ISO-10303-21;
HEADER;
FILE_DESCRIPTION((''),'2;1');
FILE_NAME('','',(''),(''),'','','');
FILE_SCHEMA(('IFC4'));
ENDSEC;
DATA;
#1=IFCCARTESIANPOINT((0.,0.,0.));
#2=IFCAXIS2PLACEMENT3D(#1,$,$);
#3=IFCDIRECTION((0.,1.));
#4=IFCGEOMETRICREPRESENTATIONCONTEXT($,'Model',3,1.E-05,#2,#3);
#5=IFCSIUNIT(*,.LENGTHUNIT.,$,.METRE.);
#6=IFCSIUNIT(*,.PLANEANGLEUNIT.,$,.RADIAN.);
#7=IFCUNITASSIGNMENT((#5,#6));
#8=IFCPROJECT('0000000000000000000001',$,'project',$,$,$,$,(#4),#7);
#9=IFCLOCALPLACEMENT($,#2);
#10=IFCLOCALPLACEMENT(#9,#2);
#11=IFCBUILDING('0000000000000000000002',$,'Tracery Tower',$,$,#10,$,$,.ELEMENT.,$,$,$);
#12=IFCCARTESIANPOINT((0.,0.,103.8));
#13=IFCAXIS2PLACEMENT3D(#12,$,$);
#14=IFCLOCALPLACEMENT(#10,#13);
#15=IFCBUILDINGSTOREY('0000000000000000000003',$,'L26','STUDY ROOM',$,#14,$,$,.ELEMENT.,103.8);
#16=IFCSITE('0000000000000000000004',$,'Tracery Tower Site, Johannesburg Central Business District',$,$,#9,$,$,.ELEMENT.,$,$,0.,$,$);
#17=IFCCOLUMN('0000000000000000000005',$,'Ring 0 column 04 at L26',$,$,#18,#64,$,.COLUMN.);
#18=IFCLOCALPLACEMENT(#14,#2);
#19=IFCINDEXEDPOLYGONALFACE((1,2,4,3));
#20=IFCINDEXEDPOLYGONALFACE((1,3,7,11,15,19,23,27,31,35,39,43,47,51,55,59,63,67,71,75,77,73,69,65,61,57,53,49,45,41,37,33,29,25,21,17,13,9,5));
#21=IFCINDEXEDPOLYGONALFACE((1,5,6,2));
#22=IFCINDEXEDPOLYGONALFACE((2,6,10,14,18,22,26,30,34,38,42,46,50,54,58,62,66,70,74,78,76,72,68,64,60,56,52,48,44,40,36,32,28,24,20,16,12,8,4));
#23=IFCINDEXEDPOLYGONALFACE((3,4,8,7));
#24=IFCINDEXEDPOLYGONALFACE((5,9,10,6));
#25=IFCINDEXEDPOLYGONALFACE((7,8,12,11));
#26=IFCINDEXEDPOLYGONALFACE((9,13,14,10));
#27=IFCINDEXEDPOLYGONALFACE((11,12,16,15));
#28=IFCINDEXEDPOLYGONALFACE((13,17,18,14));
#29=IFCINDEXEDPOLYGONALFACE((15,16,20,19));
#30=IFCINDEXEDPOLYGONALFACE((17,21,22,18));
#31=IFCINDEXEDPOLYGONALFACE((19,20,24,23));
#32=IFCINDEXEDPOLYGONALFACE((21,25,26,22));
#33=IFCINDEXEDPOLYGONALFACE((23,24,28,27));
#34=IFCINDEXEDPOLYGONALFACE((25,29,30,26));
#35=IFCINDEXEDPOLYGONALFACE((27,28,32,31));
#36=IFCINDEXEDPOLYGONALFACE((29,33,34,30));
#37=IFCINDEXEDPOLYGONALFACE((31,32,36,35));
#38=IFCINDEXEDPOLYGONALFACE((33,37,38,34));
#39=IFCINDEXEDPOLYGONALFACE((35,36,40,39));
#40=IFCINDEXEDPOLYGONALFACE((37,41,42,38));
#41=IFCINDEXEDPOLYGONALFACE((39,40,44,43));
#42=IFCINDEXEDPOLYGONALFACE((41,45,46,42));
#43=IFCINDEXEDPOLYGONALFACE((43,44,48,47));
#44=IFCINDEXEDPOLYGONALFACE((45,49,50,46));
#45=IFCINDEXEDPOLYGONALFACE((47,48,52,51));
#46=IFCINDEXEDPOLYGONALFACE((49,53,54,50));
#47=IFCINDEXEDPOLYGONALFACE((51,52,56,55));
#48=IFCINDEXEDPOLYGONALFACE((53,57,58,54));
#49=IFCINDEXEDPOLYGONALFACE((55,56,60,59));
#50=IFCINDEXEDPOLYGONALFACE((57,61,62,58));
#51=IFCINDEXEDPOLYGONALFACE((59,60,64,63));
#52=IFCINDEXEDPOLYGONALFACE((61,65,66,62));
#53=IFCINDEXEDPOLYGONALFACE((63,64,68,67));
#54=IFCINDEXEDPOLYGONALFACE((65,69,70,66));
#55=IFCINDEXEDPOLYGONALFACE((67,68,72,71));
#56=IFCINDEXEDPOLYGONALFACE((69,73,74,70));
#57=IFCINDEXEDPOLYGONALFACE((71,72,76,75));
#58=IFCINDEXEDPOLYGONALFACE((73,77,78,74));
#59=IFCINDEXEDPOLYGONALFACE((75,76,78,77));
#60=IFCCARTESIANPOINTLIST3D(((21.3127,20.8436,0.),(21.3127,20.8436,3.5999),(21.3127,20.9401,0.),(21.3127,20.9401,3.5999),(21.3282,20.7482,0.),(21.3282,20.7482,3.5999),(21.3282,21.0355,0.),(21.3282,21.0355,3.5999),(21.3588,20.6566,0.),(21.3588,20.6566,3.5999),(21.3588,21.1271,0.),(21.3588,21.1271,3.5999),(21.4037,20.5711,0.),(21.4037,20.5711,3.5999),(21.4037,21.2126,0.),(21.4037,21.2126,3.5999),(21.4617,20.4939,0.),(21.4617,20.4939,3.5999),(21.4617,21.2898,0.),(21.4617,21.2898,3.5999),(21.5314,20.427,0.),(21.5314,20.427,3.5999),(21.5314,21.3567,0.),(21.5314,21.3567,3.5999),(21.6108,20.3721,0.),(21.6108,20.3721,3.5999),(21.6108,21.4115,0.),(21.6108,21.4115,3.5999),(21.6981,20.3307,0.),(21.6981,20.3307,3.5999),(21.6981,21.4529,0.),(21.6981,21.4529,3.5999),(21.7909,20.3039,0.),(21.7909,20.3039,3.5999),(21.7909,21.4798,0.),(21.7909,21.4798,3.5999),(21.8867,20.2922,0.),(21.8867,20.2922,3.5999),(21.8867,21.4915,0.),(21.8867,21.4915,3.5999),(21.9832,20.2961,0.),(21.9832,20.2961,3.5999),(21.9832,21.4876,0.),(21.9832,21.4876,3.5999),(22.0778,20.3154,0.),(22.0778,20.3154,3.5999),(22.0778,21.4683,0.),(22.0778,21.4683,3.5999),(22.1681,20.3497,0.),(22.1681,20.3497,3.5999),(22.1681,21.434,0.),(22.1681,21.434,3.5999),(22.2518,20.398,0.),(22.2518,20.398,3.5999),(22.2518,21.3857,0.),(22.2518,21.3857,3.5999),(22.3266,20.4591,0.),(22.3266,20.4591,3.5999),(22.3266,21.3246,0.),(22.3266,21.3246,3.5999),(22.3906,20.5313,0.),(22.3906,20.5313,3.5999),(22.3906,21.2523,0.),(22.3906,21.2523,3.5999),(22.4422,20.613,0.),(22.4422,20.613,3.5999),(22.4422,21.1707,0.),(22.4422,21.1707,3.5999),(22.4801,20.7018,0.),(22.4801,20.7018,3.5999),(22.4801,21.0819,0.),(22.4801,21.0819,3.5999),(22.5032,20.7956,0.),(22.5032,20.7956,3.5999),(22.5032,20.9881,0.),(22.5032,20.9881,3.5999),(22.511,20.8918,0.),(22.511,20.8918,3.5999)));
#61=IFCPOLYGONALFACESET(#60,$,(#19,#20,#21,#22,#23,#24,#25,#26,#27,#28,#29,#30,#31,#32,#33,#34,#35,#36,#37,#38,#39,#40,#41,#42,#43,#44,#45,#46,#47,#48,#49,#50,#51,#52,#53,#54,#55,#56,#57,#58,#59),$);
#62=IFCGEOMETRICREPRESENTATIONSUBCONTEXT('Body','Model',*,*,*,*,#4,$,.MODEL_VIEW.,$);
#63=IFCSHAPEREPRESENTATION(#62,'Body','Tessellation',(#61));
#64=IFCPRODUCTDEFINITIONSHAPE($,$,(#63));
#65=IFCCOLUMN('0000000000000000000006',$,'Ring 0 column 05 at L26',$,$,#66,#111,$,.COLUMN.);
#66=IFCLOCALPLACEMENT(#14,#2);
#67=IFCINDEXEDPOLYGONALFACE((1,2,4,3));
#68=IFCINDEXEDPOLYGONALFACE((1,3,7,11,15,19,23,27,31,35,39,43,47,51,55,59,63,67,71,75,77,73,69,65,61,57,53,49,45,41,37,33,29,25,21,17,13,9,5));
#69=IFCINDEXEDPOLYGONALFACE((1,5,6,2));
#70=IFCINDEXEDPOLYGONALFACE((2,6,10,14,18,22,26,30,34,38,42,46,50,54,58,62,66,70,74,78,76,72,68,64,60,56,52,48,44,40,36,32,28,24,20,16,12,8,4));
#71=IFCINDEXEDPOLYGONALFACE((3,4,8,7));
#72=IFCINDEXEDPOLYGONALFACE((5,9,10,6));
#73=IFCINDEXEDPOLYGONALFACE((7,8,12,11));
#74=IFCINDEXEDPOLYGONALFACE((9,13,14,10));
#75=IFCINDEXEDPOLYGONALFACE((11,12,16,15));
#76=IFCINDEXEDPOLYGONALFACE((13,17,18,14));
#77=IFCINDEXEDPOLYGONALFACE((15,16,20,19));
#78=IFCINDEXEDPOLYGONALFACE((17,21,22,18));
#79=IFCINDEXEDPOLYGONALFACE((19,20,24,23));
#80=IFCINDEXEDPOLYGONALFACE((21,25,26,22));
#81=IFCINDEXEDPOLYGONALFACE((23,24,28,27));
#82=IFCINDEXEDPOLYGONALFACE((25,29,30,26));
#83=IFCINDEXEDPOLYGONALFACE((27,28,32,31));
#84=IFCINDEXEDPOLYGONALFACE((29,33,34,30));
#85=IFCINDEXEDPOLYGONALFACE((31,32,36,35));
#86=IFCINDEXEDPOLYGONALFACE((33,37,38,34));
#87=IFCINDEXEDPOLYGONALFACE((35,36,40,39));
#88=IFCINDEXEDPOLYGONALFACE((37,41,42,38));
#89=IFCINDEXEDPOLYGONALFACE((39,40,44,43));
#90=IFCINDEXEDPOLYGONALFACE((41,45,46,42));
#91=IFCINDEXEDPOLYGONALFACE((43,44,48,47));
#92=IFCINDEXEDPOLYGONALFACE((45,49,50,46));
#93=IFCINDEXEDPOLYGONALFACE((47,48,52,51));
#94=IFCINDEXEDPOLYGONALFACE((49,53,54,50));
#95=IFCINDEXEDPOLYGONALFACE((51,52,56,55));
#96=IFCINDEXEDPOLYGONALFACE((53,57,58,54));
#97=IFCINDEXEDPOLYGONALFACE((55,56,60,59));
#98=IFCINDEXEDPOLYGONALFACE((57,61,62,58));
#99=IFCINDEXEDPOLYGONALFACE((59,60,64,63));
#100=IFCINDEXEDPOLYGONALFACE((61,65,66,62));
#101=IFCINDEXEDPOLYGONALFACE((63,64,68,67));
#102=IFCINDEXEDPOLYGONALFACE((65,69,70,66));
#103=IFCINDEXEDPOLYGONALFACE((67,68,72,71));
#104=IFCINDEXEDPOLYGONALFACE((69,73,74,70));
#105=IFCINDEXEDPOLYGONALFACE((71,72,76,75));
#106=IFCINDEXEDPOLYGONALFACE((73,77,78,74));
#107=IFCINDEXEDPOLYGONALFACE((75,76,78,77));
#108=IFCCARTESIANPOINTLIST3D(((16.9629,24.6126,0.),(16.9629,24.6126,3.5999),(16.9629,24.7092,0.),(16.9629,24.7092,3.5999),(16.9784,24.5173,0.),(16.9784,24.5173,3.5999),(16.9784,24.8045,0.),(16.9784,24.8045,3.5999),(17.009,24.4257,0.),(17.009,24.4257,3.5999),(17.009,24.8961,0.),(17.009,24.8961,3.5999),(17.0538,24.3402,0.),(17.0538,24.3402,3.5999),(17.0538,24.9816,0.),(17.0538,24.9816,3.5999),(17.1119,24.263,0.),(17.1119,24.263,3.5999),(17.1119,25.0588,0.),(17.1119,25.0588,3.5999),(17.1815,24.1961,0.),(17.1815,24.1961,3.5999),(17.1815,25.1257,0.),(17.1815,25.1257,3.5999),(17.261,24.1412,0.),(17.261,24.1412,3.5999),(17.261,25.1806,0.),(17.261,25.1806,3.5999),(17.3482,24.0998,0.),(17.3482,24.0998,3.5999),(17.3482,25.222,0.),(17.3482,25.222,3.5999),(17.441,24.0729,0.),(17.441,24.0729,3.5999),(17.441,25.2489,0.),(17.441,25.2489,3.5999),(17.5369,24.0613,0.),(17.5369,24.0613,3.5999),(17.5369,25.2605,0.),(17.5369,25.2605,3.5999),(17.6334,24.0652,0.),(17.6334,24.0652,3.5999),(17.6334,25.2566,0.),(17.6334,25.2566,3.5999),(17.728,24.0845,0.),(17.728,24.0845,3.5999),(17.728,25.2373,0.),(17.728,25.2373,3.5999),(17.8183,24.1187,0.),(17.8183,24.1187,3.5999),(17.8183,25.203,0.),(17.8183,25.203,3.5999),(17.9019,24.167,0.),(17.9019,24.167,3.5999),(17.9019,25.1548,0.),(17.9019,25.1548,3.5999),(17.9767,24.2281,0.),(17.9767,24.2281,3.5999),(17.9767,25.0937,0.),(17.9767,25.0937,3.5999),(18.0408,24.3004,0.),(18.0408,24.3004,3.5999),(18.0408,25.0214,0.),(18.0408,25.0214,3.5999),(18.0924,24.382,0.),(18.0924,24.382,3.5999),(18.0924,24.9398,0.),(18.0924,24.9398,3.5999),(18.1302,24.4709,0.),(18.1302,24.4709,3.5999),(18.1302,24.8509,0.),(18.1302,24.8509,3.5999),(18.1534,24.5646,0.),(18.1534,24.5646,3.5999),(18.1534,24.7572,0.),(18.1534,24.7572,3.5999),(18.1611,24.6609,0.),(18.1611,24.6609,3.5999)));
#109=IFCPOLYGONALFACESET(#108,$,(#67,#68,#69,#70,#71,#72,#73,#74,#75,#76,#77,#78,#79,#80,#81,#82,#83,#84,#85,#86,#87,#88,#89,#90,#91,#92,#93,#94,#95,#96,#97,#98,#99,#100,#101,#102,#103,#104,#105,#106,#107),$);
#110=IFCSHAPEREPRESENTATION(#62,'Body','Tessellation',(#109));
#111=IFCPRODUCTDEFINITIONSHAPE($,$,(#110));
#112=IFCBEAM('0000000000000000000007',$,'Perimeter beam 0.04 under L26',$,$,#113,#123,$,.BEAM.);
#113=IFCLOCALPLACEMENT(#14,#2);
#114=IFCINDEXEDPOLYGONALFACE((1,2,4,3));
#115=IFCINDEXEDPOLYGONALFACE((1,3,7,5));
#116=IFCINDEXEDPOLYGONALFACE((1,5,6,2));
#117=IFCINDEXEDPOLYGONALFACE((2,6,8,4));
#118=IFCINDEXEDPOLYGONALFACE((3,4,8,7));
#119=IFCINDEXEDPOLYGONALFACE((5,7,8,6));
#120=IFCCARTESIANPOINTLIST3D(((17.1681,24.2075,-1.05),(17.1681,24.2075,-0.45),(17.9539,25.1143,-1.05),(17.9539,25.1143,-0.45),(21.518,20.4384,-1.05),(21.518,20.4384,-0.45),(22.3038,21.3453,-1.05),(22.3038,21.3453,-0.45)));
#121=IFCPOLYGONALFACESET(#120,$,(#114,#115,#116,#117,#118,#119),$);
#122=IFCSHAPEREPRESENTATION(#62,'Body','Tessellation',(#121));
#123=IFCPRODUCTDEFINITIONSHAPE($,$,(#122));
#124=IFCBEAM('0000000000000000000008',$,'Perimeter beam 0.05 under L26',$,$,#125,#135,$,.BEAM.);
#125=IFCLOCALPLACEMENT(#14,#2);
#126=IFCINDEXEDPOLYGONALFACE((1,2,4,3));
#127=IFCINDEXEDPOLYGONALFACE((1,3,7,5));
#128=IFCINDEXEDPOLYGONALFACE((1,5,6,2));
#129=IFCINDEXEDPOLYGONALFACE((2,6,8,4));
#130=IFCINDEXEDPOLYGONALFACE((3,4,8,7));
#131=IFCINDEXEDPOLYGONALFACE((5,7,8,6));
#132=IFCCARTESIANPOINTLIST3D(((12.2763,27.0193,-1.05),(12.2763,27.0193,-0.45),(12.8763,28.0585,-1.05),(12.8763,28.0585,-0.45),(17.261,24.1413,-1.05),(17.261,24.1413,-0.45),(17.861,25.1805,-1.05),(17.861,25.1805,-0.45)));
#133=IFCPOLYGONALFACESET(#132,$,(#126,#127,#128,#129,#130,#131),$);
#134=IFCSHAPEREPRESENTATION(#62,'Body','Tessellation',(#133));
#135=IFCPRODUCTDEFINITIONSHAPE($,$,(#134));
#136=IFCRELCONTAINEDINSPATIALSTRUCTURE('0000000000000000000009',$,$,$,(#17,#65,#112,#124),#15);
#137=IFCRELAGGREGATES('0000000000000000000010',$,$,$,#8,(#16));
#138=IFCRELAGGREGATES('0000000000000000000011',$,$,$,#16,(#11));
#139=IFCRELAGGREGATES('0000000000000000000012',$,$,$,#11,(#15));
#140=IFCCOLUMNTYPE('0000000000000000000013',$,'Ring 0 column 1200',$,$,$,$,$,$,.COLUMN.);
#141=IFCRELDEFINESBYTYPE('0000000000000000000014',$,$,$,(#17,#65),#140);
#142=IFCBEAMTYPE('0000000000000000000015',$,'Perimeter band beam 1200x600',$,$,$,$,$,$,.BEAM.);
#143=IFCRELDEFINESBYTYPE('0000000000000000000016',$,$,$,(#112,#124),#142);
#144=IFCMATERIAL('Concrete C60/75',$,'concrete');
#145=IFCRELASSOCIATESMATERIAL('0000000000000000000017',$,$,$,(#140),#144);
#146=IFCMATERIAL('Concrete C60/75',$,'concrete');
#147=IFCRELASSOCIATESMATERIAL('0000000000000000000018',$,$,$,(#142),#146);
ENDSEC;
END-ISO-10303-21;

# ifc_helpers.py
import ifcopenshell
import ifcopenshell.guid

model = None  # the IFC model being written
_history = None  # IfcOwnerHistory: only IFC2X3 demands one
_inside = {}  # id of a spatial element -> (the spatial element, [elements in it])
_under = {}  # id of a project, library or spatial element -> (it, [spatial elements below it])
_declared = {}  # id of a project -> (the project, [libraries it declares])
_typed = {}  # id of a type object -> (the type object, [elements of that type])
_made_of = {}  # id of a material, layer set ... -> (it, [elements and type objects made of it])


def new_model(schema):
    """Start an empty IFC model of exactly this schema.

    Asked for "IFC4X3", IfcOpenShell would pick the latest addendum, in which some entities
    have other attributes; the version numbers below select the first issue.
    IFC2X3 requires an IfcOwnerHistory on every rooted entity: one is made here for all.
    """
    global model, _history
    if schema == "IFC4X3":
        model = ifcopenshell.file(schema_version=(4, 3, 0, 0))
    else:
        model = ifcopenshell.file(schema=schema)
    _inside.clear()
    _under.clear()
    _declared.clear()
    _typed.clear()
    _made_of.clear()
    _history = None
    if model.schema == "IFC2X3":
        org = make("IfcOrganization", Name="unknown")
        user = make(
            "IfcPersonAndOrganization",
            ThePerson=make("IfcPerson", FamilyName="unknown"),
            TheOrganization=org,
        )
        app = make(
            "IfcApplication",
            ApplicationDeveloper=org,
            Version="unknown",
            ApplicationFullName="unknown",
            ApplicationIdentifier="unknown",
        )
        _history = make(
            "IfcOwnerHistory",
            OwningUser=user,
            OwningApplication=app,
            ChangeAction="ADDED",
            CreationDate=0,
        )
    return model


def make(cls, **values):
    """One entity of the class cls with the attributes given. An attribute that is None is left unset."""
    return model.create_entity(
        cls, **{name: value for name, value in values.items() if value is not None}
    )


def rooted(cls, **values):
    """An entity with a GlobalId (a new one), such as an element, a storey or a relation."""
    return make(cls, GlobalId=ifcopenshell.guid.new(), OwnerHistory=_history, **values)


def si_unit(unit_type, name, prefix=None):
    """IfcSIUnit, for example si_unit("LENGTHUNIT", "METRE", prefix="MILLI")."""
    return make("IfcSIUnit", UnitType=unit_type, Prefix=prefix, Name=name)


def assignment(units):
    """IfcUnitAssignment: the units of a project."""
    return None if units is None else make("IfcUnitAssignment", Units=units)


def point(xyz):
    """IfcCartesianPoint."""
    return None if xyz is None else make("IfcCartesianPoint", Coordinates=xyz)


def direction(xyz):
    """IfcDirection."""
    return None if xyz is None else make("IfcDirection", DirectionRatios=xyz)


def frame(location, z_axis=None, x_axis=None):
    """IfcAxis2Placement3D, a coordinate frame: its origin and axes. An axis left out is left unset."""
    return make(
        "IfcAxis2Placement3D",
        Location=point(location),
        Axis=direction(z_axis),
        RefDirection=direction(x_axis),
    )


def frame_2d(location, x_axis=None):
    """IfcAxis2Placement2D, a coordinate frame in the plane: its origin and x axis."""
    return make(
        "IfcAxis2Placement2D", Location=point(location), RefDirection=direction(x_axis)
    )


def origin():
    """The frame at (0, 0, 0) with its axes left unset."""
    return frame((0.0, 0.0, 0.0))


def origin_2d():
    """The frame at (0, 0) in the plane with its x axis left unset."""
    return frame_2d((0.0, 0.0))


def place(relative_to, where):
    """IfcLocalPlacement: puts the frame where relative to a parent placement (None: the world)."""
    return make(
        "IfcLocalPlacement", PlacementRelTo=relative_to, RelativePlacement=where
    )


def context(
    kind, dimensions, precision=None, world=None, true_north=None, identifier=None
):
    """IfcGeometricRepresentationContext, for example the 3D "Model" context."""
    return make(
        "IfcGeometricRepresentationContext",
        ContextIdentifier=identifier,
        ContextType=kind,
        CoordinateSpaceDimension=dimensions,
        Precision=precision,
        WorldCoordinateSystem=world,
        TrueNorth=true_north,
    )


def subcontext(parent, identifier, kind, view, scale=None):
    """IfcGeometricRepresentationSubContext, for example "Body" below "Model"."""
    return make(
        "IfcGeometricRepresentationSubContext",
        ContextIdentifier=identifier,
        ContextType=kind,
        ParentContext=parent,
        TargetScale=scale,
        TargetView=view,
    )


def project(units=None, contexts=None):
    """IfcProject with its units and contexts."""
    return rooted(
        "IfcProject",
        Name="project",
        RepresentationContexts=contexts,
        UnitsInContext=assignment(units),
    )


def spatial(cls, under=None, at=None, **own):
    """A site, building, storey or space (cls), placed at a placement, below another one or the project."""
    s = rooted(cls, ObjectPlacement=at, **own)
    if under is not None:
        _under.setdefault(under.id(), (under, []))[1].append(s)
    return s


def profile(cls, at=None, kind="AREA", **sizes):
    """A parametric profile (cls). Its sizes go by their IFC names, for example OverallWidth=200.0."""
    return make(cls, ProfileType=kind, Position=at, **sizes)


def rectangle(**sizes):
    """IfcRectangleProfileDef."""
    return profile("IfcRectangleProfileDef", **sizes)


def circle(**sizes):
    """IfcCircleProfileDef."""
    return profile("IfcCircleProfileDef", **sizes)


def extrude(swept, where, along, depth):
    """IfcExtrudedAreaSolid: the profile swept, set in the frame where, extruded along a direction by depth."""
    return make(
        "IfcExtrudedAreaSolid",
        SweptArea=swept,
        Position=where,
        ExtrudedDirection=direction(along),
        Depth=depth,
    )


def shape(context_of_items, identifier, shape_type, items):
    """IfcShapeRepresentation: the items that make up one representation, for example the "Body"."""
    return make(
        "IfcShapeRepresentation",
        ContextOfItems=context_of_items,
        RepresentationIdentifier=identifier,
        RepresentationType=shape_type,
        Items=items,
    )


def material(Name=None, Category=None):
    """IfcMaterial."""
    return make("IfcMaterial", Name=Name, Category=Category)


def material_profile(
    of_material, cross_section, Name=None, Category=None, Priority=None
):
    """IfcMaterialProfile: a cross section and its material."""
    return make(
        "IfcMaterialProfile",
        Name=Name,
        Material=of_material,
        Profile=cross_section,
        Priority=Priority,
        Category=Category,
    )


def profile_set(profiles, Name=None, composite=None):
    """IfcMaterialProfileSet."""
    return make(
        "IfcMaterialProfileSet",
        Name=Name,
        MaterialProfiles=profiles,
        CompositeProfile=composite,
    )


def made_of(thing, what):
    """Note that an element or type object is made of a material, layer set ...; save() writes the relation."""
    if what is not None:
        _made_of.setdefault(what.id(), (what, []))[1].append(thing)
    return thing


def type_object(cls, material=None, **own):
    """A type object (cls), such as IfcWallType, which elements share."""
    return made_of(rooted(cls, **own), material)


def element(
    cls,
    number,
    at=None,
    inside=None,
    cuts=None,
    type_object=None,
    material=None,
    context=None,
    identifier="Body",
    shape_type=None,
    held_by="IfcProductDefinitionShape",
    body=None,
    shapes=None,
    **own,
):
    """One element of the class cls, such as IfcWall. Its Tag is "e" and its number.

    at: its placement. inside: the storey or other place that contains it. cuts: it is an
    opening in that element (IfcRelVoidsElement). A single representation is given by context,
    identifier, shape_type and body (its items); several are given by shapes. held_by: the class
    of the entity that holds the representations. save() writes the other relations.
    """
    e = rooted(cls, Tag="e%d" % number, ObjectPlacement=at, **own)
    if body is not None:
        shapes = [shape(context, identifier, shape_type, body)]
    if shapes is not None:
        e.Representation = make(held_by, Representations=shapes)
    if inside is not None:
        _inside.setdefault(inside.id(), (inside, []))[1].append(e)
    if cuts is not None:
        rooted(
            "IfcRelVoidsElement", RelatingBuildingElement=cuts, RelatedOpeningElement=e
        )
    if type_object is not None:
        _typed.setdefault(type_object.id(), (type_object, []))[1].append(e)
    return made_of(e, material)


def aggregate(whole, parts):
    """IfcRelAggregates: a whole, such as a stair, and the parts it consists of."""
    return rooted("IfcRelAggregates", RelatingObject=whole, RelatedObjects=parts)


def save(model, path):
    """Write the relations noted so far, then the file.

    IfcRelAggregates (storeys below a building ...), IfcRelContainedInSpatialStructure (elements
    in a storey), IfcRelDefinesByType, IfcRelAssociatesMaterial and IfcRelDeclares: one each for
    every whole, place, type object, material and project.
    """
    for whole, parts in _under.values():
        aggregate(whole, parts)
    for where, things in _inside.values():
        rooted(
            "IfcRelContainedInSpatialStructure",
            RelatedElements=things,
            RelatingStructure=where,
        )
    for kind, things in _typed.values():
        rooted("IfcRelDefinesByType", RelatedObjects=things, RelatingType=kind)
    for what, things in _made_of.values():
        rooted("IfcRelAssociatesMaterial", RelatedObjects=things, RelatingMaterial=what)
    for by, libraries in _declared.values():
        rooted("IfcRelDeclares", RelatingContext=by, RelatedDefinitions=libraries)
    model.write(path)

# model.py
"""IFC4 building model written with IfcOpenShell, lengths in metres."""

from ifc_helpers import new_model, si_unit, direction, frame, origin, origin_2d, place, context, subcontext, project, spatial, rectangle, circle, extrude, material, material_profile, profile_set, type_object, element, save


model = new_model("IFC4")

# Units and contexts
model_context = context("Model", 3, precision=1e-05, world=origin(), true_north=direction((0.0, 1.0)))
body_context = subcontext(model_context, "Body", "Model", "MODEL_VIEW")
ifc_project = project(units=[si_unit("LENGTHUNIT", "METRE"), si_unit("PLANEANGLEUNIT", "RADIAN")], contexts=[model_context])

# Site, building, storey
site_placement = place(None, origin())
site = spatial("IfcSite", under=ifc_project, at=site_placement, Name="Tracery Tower Site, Johannesburg Central Business District", CompositionType="ELEMENT", RefElevation=0.0)
building_placement = place(site_placement, origin())
building = spatial("IfcBuilding", under=site, at=building_placement, Name="Tracery Tower", CompositionType="ELEMENT")
storey_placement = place(building_placement, frame((0.0, 0.0, 103.8)))
storey = spatial("IfcBuildingStorey", under=building, at=storey_placement, Name="L26", Description="STUDY ROOM", CompositionType="ELEMENT", Elevation=103.8)

# Columns
ifc_material_1 = material(Name="Concrete C60/75", Category="concrete")
ifc_material_profile_1 = material_profile(ifc_material_1, circle(Radius=0.6001, at=origin_2d()), Name="RC D1200")
ifc_profile_set_1 = profile_set([ifc_material_profile_1], Name="Concrete C60/75")
column_type = type_object("IfcColumnType", Name="Ring 0 column 1200", PredefinedType="COLUMN", material=ifc_profile_set_1)
for number, where, z_axis, x_axis, name in (
    (1, (21.9109, 20.8918, 0.0), (0.0, 0.0, 1.0), (1.0, 0.0, 0.0), "Ring 0 column 04 at L26"),
    (2, (17.561, 24.6609, 0.0), (0.0, 0.0, 1.0), (1.0, 0.0, 0.0), "Ring 0 column 05 at L26"),
):
    element("IfcColumn", number, at=place(storey_placement, frame(where, z_axis=z_axis, x_axis=x_axis)), inside=storey, type_object=column_type, Name=name, PredefinedType="COLUMN", context=body_context, shape_type="SweptSolid", body=[
        extrude(circle(Radius=0.6001, at=origin_2d()), origin(), (0.0, 0.0, 1.0), 3.5999),
    ])

# Beams
ifc_material_2 = material(Name="Concrete C60/75", Category="concrete")
ifc_material_profile_2 = material_profile(ifc_material_2, rectangle(XDim=1.2, YDim=0.6001, at=origin_2d()), Name="RC 1200x600")
ifc_profile_set_2 = profile_set([ifc_material_profile_2], Name="Concrete C60/75")
beam_type = type_object("IfcBeamType", Name="Perimeter band beam 1200x600", PredefinedType="BEAM", material=ifc_profile_set_2)
beam_1_placement = place(storey_placement, frame((21.9109, 20.8918, -0.75), z_axis=(-0.75576, 0.654848, 0.0), x_axis=(-0.654848, -0.75576, 0.0)))
element("IfcBeam", 3, at=beam_1_placement, inside=storey, type_object=beam_type, Name="Perimeter beam 0.04 under L26", PredefinedType="BEAM", context=body_context, shape_type="SweptSolid", body=[
    extrude(rectangle(XDim=1.2, YDim=0.6001, at=origin_2d()), origin(), (0.0, 0.0, 1.0), 5.7556),
])
beam_2_placement = place(storey_placement, frame((17.561, 24.6609, -0.75), z_axis=(-0.866021, 0.500008, 0.0), x_axis=(-0.500008, -0.866021, 0.0)))
element("IfcBeam", 4, at=beam_2_placement, inside=storey, type_object=beam_type, Name="Perimeter beam 0.05 under L26", PredefinedType="BEAM", context=body_context, shape_type="SweptSolid", body=[
    extrude(rectangle(XDim=1.2, YDim=0.6001, at=origin_2d()), origin(), (0.0, 0.0, 1.0), 5.7559),
])

save(model, "model.ifc")
